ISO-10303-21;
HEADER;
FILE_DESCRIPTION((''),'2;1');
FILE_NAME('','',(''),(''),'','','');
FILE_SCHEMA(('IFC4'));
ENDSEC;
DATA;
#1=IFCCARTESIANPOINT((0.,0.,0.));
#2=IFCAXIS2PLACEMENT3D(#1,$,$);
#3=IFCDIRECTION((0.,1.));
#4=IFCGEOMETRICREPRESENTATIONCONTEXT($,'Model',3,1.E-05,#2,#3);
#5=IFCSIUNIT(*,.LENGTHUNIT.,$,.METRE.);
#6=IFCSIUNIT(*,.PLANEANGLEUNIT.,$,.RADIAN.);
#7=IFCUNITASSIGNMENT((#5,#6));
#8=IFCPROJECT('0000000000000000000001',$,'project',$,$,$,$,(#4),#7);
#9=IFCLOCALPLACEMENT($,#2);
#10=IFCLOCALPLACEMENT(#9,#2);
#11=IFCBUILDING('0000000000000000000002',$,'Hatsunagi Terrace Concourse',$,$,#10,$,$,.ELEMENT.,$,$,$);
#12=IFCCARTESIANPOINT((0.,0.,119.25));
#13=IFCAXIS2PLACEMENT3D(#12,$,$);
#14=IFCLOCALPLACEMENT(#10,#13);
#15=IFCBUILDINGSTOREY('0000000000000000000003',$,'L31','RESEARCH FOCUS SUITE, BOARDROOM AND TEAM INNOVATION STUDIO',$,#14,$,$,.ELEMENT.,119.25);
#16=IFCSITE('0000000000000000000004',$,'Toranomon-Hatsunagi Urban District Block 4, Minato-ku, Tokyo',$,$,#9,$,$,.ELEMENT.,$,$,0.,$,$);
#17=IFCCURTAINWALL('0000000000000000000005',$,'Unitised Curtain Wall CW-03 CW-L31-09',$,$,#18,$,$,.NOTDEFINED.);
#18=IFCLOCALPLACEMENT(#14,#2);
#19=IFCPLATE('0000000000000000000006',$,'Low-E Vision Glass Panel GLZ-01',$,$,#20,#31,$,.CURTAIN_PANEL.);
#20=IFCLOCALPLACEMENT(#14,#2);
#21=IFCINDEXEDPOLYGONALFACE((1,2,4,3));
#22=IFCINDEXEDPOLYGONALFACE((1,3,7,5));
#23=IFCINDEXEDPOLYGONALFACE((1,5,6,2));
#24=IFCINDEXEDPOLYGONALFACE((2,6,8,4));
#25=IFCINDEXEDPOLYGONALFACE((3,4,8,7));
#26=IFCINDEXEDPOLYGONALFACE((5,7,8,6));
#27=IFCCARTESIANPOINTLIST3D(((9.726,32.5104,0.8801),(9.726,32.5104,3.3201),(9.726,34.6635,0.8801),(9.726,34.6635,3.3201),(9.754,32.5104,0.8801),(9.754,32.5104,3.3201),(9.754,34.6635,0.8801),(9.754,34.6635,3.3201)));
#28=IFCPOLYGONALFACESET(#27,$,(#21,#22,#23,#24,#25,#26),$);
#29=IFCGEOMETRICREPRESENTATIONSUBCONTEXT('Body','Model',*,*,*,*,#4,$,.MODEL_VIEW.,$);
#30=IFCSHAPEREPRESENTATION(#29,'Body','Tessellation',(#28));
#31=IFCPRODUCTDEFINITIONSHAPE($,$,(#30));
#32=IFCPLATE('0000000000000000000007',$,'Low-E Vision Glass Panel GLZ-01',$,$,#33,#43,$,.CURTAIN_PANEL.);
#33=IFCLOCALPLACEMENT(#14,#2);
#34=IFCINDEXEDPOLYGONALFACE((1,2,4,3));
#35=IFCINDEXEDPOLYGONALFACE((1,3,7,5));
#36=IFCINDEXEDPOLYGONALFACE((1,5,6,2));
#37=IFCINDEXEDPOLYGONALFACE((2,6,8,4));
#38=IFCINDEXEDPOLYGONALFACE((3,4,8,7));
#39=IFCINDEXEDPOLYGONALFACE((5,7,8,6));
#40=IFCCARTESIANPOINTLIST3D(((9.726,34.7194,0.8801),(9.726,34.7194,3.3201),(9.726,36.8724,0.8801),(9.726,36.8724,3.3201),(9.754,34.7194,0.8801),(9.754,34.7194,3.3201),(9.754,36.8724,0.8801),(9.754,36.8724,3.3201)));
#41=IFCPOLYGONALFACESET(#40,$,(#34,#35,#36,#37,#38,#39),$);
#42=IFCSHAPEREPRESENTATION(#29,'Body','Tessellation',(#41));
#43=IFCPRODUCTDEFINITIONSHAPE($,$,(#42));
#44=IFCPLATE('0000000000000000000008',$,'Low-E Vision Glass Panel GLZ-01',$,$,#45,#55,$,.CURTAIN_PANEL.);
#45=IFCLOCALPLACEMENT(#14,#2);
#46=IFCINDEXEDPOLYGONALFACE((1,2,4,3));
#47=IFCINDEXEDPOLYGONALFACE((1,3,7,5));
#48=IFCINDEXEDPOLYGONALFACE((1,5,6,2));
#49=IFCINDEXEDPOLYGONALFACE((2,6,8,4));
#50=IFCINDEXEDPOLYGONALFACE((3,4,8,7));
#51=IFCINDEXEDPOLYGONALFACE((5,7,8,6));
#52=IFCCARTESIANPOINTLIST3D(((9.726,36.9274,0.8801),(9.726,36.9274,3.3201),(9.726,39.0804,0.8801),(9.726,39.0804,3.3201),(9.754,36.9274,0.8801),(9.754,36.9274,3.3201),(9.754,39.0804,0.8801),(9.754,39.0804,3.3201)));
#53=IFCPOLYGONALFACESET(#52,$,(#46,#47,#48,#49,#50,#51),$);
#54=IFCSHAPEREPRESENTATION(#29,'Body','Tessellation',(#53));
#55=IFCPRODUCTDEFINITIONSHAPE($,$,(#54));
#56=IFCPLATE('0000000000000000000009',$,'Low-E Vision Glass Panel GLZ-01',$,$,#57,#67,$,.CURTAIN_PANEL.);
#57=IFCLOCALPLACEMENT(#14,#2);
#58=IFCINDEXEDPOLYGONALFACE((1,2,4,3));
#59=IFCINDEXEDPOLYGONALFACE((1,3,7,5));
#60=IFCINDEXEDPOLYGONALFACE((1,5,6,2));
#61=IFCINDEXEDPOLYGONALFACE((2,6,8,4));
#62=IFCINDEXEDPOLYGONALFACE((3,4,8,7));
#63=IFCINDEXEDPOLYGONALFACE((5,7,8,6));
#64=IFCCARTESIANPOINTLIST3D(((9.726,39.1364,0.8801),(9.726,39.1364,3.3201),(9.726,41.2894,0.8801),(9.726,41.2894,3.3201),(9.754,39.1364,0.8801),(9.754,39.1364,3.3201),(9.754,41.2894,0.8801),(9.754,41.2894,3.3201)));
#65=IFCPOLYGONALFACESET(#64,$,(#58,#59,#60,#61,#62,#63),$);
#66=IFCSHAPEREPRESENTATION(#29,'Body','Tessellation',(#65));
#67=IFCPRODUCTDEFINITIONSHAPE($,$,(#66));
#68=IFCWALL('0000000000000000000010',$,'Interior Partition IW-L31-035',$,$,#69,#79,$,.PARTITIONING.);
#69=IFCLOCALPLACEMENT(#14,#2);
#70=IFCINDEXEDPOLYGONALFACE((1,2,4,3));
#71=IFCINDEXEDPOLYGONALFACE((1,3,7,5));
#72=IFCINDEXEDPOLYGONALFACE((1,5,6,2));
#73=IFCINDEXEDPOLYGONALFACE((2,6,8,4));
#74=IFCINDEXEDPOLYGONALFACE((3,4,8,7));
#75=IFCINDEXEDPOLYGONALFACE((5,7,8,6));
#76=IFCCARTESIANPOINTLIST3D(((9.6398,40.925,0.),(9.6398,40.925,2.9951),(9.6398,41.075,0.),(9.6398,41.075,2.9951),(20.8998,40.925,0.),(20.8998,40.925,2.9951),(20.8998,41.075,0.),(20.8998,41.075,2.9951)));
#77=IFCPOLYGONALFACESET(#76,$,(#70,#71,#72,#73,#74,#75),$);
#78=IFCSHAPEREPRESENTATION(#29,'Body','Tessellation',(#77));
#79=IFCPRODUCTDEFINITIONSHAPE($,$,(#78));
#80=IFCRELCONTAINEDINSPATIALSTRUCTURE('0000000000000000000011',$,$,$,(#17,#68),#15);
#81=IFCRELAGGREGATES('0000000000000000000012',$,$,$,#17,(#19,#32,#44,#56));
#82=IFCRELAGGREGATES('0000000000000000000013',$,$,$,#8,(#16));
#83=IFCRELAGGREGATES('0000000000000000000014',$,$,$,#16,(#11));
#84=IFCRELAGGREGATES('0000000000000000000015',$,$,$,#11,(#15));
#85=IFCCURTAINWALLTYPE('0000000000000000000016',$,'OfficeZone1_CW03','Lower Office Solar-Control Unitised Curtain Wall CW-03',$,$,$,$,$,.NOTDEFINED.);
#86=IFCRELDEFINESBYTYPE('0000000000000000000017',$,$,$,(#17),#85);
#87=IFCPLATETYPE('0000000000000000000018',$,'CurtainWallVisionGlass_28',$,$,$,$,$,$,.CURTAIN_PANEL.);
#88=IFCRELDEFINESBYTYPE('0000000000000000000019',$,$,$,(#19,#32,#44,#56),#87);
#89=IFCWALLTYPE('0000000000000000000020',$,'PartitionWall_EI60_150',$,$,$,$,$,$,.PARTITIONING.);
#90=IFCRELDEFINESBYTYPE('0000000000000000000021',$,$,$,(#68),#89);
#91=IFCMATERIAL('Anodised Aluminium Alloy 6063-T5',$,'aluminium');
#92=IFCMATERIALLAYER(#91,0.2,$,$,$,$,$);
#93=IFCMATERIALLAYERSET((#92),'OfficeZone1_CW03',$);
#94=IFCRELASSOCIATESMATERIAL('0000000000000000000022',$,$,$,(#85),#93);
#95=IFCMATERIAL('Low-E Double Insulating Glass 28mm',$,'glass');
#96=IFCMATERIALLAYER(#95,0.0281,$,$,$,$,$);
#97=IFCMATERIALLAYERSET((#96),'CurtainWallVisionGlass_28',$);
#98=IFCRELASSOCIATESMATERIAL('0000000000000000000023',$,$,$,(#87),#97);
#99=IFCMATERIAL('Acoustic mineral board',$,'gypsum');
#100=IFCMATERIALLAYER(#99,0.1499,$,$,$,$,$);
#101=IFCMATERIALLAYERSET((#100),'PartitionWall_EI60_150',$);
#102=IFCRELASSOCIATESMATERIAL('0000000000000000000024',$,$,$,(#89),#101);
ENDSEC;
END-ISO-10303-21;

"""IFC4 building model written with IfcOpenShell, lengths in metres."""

from ifc_helpers import new_model, si_unit, direction, frame, frame_2d, origin, origin_2d, place, context, subcontext, project, spatial, rectangle, extrude, material, layer, layer_set, type_object, element, aggregate, save


model = new_model("IFC4")

# Units and contexts
model_context = context("Model", 3, precision=1e-05, world=origin(), true_north=direction((0.0, 1.0)))
body_context = subcontext(model_context, "Body", "Model", "MODEL_VIEW")
ifc_project = project(units=[si_unit("LENGTHUNIT", "METRE"), si_unit("PLANEANGLEUNIT", "RADIAN")], contexts=[model_context])

# Site, building, storey
site_placement = place(None, origin())
site = spatial("IfcSite", under=ifc_project, at=site_placement, Name="Toranomon-Hatsunagi Urban District Block 4, Minato-ku, Tokyo", CompositionType="ELEMENT", RefElevation=0.0)
building_placement = place(site_placement, origin())
building = spatial("IfcBuilding", under=site, at=building_placement, Name="Hatsunagi Terrace Concourse", CompositionType="ELEMENT")
storey_placement = place(building_placement, frame((0.0, 0.0, 119.25)))
storey = spatial("IfcBuildingStorey", under=building, at=storey_placement, Name="L31", Description="RESEARCH FOCUS SUITE, BOARDROOM AND TEAM INNOVATION STUDIO", CompositionType="ELEMENT", Elevation=119.25)

# Curtain wall
ifc_material_1 = material(Name="Anodised Aluminium Alloy 6063-T5", Category="aluminium")
ifc_layer_1 = layer(ifc_material_1, 0.2)
ifc_layer_set_1 = layer_set([ifc_layer_1], Name="OfficeZone1_CW03")
curtain_wall_type = type_object("IfcCurtainWallType", Name="OfficeZone1_CW03", Description="Lower Office Solar-Control Unitised Curtain Wall CW-03", PredefinedType="NOTDEFINED", material=ifc_layer_set_1)
curtain_wall_placement = place(storey_placement, origin())
curtain_wall = element("IfcCurtainWall", 1, at=curtain_wall_placement, inside=storey, type_object=curtain_wall_type, Name="Unitised Curtain Wall CW-03 CW-L31-09", PredefinedType="NOTDEFINED")

# Plates
ifc_material_2 = material(Name="Low-E Double Insulating Glass 28mm", Category="glass")
ifc_layer_2 = layer(ifc_material_2, 0.0281)
ifc_layer_set_2 = layer_set([ifc_layer_2], Name="CurtainWallVisionGlass_28")
plate_type_1 = type_object("IfcPlateType", Name="CurtainWallVisionGlass_28", PredefinedType="CURTAIN_PANEL", material=ifc_layer_set_2)
plate_1_placement = place(storey_placement, frame((9.74, 33.5869, 0.8801), z_axis=(0.0, 0.0, 1.0), x_axis=(0.0, 1.0, 0.0)))
plate_1 = element("IfcPlate", 2, at=plate_1_placement, type_object=plate_type_1, Name="Low-E Vision Glass Panel GLZ-01", PredefinedType="CURTAIN_PANEL", context=body_context, shape_type="SweptSolid", body=[
    extrude(rectangle(XDim=2.1531, YDim=0.0281, at=origin_2d()), origin(), (0.0, 0.0, 1.0), 2.4399),
])
plate_2_placement = place(storey_placement, frame((9.74, 35.7959, 0.8801), z_axis=(0.0, 0.0, 1.0), x_axis=(0.0, 1.0, 0.0)))
plate_2 = element("IfcPlate", 3, at=plate_2_placement, type_object=plate_type_1, Name="Low-E Vision Glass Panel GLZ-01", PredefinedType="CURTAIN_PANEL", context=body_context, shape_type="SweptSolid", body=[
    extrude(rectangle(XDim=2.1531, YDim=0.0281, at=origin_2d()), origin(), (0.0, 0.0, 1.0), 2.4399),
])
plate_3_placement = place(storey_placement, frame((9.74, 38.0039, 0.8801), z_axis=(0.0, 0.0, 1.0), x_axis=(0.0, 1.0, 0.0)))
plate_3 = element("IfcPlate", 4, at=plate_3_placement, type_object=plate_type_1, Name="Low-E Vision Glass Panel GLZ-01", PredefinedType="CURTAIN_PANEL", context=body_context, shape_type="SweptSolid", body=[
    extrude(rectangle(XDim=2.1531, YDim=0.0281, at=origin_2d()), origin(), (0.0, 0.0, 1.0), 2.4399),
])
plate_4_placement = place(storey_placement, frame((9.74, 40.2129, 0.8801), z_axis=(0.0, 0.0, 1.0), x_axis=(0.0, 1.0, 0.0)))
plate_4 = element("IfcPlate", 5, at=plate_4_placement, type_object=plate_type_1, Name="Low-E Vision Glass Panel GLZ-01", PredefinedType="CURTAIN_PANEL", context=body_context, shape_type="SweptSolid", body=[
    extrude(rectangle(XDim=2.1531, YDim=0.0281, at=origin_2d()), origin(), (0.0, 0.0, 1.0), 2.4399),
])
aggregate(curtain_wall, [plate_1, plate_2, plate_3, plate_4])

# Wall
ifc_material_3 = material(Name="Acoustic mineral board", Category="gypsum")
ifc_layer_3 = layer(ifc_material_3, 0.1499)
ifc_layer_set_3 = layer_set([ifc_layer_3], Name="PartitionWall_EI60_150")
wall_type = type_object("IfcWallType", Name="PartitionWall_EI60_150", PredefinedType="PARTITIONING", material=ifc_layer_set_3)
wall_placement = place(storey_placement, frame((9.6399, 41.0, 0.0), z_axis=(0.0, 0.0, 1.0), x_axis=(1.0, 0.0, 0.0)))
element("IfcWall", 6, at=wall_placement, inside=storey, type_object=wall_type, Name="Interior Partition IW-L31-035", PredefinedType="PARTITIONING", context=body_context, shape_type="SweptSolid", body=[
    extrude(rectangle(XDim=11.26, YDim=0.1499, at=frame_2d((5.6299, 0.0))), origin(), (0.0, 0.0, 1.0), 2.9951),
])

save(model, "model.ifc")
